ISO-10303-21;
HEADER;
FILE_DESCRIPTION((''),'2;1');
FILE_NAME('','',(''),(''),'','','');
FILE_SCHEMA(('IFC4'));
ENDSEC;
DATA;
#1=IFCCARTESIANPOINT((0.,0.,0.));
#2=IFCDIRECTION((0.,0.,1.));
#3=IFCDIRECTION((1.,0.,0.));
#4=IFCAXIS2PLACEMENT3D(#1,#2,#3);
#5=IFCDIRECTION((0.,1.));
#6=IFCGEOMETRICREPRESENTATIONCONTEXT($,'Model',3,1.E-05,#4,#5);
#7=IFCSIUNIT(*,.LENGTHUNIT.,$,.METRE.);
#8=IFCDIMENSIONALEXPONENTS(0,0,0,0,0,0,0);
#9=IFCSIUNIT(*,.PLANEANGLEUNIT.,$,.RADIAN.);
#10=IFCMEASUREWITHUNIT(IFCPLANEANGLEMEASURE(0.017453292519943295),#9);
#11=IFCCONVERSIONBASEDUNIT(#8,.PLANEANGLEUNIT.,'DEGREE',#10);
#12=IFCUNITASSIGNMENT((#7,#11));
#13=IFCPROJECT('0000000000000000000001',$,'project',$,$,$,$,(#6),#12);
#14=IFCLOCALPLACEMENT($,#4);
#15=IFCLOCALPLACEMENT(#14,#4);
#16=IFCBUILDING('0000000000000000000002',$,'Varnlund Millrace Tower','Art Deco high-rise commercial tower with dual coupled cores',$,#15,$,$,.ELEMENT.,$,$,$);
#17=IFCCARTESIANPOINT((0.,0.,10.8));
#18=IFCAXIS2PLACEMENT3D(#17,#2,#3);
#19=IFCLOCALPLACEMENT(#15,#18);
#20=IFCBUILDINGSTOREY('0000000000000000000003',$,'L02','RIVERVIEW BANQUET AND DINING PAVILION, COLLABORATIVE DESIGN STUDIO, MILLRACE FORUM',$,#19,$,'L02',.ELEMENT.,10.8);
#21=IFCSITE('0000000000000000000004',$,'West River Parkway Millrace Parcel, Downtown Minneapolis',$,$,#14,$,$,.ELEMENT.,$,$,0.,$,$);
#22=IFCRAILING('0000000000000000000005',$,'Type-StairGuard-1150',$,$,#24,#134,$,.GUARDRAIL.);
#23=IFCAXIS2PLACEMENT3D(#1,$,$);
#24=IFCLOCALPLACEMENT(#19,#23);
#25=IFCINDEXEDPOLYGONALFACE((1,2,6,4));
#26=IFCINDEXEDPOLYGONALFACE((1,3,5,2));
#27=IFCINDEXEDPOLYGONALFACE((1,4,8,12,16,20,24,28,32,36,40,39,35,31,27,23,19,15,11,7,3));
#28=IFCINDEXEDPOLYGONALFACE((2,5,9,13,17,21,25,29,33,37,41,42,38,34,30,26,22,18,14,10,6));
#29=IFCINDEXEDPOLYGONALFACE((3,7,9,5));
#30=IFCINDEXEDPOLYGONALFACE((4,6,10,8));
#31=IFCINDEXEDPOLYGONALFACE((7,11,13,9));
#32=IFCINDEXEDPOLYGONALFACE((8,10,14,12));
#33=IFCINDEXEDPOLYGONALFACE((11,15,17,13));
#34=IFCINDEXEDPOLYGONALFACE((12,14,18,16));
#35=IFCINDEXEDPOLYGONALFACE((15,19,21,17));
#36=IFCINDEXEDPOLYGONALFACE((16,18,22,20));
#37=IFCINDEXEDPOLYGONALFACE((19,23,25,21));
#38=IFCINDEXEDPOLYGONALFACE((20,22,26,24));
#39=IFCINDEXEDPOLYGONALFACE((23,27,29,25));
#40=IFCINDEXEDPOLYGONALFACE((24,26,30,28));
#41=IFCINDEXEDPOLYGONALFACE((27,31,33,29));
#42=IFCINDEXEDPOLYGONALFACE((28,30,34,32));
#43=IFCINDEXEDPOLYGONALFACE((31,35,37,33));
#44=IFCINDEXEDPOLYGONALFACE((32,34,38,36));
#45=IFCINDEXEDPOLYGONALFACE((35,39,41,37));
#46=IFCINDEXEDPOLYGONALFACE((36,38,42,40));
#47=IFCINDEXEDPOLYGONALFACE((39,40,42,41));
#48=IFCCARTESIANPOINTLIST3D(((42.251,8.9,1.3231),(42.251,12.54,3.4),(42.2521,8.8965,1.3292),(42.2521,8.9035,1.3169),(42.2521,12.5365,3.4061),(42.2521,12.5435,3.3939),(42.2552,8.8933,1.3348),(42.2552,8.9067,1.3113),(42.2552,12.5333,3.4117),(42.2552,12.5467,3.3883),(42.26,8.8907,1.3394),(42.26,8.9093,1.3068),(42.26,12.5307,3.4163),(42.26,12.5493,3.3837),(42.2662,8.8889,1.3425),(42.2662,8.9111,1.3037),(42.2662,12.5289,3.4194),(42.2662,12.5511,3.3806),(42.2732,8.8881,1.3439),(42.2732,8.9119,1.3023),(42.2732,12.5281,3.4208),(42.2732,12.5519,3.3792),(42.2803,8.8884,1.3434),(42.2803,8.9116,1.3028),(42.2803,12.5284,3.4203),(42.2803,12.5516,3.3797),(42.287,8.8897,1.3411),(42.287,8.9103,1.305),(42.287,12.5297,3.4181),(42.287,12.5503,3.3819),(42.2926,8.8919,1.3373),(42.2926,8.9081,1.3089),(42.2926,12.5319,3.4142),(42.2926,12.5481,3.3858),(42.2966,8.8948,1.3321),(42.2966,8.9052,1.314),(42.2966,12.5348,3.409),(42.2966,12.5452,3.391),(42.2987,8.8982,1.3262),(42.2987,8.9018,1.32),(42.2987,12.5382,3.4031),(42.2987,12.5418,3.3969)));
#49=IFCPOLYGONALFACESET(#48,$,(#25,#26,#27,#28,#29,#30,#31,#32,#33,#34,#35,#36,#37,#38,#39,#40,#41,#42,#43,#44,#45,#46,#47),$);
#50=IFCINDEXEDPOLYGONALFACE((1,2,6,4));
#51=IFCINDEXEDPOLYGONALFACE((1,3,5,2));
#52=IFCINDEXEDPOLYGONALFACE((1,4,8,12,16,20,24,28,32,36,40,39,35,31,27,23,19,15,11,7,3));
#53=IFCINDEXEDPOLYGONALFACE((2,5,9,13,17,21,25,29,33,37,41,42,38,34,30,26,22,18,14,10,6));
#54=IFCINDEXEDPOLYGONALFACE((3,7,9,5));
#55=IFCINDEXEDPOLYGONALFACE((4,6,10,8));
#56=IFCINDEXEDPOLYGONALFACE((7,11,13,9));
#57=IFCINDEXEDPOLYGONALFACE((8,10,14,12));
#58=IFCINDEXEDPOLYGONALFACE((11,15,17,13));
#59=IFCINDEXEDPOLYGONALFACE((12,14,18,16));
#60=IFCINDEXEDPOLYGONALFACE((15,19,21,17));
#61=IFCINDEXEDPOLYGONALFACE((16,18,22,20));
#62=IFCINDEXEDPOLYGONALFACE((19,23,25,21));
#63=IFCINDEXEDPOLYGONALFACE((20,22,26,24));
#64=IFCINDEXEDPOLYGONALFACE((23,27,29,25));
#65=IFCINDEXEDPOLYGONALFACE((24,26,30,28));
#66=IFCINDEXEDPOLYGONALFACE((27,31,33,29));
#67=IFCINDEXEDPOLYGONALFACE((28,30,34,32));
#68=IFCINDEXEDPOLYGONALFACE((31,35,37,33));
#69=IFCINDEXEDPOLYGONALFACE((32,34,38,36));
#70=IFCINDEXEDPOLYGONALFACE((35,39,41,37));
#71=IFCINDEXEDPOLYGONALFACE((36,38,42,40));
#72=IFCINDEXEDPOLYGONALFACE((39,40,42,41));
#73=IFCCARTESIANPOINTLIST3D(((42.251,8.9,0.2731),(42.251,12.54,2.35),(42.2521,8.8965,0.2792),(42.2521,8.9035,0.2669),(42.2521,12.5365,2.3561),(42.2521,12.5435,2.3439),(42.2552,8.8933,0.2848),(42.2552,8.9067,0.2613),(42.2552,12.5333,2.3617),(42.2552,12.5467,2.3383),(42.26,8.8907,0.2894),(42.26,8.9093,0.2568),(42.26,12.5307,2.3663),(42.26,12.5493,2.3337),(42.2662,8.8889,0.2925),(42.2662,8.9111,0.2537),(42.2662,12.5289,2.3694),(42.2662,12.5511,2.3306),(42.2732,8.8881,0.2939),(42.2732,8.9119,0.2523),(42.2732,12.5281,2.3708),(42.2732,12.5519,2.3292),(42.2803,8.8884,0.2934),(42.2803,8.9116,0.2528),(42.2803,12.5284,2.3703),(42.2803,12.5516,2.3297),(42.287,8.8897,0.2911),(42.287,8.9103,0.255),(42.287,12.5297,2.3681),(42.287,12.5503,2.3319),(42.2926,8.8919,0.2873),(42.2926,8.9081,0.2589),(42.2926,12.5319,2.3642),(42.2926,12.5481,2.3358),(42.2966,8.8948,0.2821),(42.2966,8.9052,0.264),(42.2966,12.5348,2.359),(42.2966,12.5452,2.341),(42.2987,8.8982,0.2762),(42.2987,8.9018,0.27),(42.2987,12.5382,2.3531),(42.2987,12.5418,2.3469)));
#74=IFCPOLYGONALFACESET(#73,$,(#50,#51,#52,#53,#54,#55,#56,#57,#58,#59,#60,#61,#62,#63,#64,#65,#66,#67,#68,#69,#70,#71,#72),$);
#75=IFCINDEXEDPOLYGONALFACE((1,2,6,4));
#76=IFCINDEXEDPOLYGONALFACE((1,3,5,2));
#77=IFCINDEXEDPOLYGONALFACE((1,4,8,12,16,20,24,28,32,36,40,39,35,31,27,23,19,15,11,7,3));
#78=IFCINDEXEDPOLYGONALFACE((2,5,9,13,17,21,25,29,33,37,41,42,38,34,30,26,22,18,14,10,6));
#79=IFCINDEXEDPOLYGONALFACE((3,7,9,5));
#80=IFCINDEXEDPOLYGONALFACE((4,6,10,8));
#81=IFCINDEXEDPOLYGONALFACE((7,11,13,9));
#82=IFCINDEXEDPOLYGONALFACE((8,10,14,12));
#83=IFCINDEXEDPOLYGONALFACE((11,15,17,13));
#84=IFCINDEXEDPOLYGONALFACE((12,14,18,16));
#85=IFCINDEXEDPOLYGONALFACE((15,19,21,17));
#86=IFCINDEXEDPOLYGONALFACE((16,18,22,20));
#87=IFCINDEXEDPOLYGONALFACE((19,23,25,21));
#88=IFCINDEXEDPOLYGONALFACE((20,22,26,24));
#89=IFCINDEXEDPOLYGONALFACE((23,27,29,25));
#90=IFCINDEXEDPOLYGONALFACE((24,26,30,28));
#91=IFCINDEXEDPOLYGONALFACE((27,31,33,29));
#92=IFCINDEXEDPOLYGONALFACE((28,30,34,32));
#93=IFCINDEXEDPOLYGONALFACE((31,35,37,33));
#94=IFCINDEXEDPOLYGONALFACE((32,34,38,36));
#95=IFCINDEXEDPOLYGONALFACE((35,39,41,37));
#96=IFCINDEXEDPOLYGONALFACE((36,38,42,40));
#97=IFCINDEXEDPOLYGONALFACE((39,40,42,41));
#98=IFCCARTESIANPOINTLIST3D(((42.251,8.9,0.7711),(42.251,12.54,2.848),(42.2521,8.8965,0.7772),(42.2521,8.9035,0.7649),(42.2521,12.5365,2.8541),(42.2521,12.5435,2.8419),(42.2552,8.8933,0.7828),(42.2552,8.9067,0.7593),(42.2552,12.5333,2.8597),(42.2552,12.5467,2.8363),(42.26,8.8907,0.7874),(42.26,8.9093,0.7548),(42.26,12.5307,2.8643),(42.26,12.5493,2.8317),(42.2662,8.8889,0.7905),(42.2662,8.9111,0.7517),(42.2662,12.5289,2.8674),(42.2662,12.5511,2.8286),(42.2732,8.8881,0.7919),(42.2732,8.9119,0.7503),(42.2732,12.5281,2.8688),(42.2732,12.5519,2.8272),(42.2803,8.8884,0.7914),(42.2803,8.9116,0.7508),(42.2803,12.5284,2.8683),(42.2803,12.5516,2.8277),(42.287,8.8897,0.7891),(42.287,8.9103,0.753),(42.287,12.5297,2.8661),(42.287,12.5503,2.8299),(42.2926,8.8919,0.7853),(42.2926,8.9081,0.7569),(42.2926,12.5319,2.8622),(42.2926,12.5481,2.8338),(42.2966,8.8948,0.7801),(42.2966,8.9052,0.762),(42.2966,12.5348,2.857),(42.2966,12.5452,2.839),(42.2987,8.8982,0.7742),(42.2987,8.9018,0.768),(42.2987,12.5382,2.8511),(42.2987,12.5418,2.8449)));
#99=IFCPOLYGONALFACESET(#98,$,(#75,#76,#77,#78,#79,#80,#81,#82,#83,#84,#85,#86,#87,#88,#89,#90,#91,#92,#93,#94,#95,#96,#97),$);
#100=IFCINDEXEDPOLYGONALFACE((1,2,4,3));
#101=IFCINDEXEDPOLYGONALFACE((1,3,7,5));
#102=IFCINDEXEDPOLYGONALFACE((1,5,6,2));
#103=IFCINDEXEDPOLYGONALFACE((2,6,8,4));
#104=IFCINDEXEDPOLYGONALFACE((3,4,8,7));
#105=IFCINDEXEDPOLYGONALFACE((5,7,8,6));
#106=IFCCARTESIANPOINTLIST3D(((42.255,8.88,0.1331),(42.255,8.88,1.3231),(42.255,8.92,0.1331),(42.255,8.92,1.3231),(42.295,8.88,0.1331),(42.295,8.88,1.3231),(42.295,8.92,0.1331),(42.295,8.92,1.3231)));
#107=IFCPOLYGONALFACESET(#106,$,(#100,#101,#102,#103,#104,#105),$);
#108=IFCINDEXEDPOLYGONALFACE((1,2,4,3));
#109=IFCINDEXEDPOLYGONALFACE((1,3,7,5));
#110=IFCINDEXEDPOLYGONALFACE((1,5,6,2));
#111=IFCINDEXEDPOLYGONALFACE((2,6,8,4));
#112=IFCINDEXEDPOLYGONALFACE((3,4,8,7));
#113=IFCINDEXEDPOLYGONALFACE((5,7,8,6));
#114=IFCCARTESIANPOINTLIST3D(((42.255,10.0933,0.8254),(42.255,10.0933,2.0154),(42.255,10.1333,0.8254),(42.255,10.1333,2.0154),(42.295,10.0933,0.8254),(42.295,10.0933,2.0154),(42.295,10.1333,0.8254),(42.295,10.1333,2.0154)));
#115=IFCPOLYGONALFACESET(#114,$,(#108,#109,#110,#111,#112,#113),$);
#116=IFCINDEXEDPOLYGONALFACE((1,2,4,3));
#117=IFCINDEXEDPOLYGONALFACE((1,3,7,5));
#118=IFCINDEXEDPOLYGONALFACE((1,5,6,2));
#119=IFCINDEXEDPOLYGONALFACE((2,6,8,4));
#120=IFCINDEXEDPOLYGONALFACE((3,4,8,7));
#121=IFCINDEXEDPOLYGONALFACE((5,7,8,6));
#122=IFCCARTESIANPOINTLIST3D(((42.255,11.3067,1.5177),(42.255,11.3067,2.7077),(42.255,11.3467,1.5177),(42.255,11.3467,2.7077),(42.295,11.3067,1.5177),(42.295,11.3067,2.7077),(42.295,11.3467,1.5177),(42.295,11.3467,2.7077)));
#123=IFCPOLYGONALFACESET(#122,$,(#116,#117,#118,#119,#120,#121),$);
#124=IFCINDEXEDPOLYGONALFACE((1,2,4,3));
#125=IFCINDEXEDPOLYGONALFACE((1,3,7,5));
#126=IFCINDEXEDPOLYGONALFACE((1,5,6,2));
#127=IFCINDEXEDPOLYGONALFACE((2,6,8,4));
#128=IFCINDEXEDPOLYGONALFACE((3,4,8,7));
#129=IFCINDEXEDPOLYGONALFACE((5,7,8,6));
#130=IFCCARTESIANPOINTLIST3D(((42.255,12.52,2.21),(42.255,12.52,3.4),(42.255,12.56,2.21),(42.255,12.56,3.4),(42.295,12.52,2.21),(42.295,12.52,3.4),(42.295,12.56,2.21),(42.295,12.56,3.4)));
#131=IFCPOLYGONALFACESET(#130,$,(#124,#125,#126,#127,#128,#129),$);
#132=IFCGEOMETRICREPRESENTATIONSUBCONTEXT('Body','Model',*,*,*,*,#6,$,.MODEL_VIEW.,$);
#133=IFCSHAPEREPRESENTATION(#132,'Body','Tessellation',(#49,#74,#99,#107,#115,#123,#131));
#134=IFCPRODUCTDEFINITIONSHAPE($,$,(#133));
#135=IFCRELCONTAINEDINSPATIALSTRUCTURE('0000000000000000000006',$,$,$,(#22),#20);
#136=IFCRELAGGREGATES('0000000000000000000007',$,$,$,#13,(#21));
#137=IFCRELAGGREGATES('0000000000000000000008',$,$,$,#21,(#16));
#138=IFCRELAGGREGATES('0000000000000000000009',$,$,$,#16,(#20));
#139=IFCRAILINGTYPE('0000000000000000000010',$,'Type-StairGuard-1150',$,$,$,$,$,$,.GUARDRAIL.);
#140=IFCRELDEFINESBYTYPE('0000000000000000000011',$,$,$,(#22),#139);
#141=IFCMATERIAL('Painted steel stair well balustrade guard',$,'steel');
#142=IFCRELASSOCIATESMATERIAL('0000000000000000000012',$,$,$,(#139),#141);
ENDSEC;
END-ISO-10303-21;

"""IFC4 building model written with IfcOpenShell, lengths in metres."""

from ifc_helpers import new_model, entity, si_unit, converted_unit, direction, frame, origin_with_axes, origin_2d_with_axis, place, context, subcontext, project, spatial, rectangle, circle, extrude, material, type_object, element, save


model = new_model("IFC4")

# Units and contexts
model_context = context("Model", 3, precision=1e-05, world=origin_with_axes(), true_north=direction((0.0, 1.0)))
body_context = subcontext(model_context, "Body", "Model", "MODEL_VIEW")
ifc_project = project(units=[si_unit("LENGTHUNIT", "METRE"), converted_unit("PLANEANGLEUNIT", "DEGREE", entity("IfcPlaneAngleMeasure", 0.017453292519943295), si_unit("PLANEANGLEUNIT", "RADIAN"), dimensions=[0, 0, 0, 0, 0, 0, 0])], contexts=[model_context])

# Site, building, storey
site_placement = place(None, origin_with_axes())
site = spatial("IfcSite", under=ifc_project, at=site_placement, Name="West River Parkway Millrace Parcel, Downtown Minneapolis", CompositionType="ELEMENT", RefElevation=0.0)
building_placement = place(site_placement, origin_with_axes())
building = spatial("IfcBuilding", under=site, at=building_placement, Name="Varnlund Millrace Tower", Description="Art Deco high-rise commercial tower with dual coupled cores", CompositionType="ELEMENT")
storey_placement = place(building_placement, frame((0.0, 0.0, 10.8), z_axis=(0.0, 0.0, 1.0), x_axis=(1.0, 0.0, 0.0)))
storey = spatial("IfcBuildingStorey", under=building, at=storey_placement, Name="L02", Description="RIVERVIEW BANQUET AND DINING PAVILION, COLLABORATIVE DESIGN STUDIO, MILLRACE FORUM", LongName="L02", CompositionType="ELEMENT", Elevation=10.8)

# Railing
ifc_material_1 = material(Name="Painted steel stair well balustrade guard", Category="steel")
railing_type_1 = type_object("IfcRailingType", Name="Type-StairGuard-1150", PredefinedType="GUARDRAIL", material=ifc_material_1)
railing_1_placement = place(storey_placement, frame((0.0, 0.0, -10.8), z_axis=(0.0, 0.0, 1.0), x_axis=(1.0, 0.0, 0.0)))
element("IfcRailing", 1, at=railing_1_placement, inside=storey, type_object=railing_type_1, Name="Type-StairGuard-1150", PredefinedType="GUARDRAIL", context=body_context, shape_type="SweptSolid", body=[
    extrude(circle(Radius=0.024, at=origin_2d_with_axis()), frame((42.275, 8.9, 12.1231), z_axis=(0.0, 0.868559, 0.495585), x_axis=(-1.0, 0.0, 0.0)), (0.0, 0.0, 1.0), 4.1908),
    extrude(circle(Radius=0.024, at=origin_2d_with_axis()), frame((42.275, 8.9, 11.0731), z_axis=(0.0, 0.868559, 0.495585), x_axis=(-1.0, 0.0, 0.0)), (0.0, 0.0, 1.0), 4.1908),
    extrude(circle(Radius=0.024, at=origin_2d_with_axis()), frame((42.275, 8.9, 11.5711), z_axis=(0.0, 0.868559, 0.495585), x_axis=(-1.0, 0.0, 0.0)), (0.0, 0.0, 1.0), 4.1908),
    extrude(rectangle(XDim=0.04, YDim=0.04, at=origin_2d_with_axis()), frame((42.275, 8.9, 10.9331), z_axis=(0.0, 0.0, 1.0), x_axis=(1.0, 0.0, 0.0)), (0.0, 0.0, 1.0), 1.19),
    extrude(rectangle(XDim=0.04, YDim=0.04, at=origin_2d_with_axis()), frame((42.275, 10.1133, 11.6254), z_axis=(0.0, 0.0, 1.0), x_axis=(1.0, 0.0, 0.0)), (0.0, 0.0, 1.0), 1.19),
    extrude(rectangle(XDim=0.04, YDim=0.04, at=origin_2d_with_axis()), frame((42.275, 11.3267, 12.3177), z_axis=(0.0, 0.0, 1.0), x_axis=(1.0, 0.0, 0.0)), (0.0, 0.0, 1.0), 1.19),
    extrude(rectangle(XDim=0.04, YDim=0.04, at=origin_2d_with_axis()), frame((42.275, 12.54, 13.01), z_axis=(0.0, 0.0, 1.0), x_axis=(1.0, 0.0, 0.0)), (0.0, 0.0, 1.0), 1.19),
])

save(model, "model.ifc")
